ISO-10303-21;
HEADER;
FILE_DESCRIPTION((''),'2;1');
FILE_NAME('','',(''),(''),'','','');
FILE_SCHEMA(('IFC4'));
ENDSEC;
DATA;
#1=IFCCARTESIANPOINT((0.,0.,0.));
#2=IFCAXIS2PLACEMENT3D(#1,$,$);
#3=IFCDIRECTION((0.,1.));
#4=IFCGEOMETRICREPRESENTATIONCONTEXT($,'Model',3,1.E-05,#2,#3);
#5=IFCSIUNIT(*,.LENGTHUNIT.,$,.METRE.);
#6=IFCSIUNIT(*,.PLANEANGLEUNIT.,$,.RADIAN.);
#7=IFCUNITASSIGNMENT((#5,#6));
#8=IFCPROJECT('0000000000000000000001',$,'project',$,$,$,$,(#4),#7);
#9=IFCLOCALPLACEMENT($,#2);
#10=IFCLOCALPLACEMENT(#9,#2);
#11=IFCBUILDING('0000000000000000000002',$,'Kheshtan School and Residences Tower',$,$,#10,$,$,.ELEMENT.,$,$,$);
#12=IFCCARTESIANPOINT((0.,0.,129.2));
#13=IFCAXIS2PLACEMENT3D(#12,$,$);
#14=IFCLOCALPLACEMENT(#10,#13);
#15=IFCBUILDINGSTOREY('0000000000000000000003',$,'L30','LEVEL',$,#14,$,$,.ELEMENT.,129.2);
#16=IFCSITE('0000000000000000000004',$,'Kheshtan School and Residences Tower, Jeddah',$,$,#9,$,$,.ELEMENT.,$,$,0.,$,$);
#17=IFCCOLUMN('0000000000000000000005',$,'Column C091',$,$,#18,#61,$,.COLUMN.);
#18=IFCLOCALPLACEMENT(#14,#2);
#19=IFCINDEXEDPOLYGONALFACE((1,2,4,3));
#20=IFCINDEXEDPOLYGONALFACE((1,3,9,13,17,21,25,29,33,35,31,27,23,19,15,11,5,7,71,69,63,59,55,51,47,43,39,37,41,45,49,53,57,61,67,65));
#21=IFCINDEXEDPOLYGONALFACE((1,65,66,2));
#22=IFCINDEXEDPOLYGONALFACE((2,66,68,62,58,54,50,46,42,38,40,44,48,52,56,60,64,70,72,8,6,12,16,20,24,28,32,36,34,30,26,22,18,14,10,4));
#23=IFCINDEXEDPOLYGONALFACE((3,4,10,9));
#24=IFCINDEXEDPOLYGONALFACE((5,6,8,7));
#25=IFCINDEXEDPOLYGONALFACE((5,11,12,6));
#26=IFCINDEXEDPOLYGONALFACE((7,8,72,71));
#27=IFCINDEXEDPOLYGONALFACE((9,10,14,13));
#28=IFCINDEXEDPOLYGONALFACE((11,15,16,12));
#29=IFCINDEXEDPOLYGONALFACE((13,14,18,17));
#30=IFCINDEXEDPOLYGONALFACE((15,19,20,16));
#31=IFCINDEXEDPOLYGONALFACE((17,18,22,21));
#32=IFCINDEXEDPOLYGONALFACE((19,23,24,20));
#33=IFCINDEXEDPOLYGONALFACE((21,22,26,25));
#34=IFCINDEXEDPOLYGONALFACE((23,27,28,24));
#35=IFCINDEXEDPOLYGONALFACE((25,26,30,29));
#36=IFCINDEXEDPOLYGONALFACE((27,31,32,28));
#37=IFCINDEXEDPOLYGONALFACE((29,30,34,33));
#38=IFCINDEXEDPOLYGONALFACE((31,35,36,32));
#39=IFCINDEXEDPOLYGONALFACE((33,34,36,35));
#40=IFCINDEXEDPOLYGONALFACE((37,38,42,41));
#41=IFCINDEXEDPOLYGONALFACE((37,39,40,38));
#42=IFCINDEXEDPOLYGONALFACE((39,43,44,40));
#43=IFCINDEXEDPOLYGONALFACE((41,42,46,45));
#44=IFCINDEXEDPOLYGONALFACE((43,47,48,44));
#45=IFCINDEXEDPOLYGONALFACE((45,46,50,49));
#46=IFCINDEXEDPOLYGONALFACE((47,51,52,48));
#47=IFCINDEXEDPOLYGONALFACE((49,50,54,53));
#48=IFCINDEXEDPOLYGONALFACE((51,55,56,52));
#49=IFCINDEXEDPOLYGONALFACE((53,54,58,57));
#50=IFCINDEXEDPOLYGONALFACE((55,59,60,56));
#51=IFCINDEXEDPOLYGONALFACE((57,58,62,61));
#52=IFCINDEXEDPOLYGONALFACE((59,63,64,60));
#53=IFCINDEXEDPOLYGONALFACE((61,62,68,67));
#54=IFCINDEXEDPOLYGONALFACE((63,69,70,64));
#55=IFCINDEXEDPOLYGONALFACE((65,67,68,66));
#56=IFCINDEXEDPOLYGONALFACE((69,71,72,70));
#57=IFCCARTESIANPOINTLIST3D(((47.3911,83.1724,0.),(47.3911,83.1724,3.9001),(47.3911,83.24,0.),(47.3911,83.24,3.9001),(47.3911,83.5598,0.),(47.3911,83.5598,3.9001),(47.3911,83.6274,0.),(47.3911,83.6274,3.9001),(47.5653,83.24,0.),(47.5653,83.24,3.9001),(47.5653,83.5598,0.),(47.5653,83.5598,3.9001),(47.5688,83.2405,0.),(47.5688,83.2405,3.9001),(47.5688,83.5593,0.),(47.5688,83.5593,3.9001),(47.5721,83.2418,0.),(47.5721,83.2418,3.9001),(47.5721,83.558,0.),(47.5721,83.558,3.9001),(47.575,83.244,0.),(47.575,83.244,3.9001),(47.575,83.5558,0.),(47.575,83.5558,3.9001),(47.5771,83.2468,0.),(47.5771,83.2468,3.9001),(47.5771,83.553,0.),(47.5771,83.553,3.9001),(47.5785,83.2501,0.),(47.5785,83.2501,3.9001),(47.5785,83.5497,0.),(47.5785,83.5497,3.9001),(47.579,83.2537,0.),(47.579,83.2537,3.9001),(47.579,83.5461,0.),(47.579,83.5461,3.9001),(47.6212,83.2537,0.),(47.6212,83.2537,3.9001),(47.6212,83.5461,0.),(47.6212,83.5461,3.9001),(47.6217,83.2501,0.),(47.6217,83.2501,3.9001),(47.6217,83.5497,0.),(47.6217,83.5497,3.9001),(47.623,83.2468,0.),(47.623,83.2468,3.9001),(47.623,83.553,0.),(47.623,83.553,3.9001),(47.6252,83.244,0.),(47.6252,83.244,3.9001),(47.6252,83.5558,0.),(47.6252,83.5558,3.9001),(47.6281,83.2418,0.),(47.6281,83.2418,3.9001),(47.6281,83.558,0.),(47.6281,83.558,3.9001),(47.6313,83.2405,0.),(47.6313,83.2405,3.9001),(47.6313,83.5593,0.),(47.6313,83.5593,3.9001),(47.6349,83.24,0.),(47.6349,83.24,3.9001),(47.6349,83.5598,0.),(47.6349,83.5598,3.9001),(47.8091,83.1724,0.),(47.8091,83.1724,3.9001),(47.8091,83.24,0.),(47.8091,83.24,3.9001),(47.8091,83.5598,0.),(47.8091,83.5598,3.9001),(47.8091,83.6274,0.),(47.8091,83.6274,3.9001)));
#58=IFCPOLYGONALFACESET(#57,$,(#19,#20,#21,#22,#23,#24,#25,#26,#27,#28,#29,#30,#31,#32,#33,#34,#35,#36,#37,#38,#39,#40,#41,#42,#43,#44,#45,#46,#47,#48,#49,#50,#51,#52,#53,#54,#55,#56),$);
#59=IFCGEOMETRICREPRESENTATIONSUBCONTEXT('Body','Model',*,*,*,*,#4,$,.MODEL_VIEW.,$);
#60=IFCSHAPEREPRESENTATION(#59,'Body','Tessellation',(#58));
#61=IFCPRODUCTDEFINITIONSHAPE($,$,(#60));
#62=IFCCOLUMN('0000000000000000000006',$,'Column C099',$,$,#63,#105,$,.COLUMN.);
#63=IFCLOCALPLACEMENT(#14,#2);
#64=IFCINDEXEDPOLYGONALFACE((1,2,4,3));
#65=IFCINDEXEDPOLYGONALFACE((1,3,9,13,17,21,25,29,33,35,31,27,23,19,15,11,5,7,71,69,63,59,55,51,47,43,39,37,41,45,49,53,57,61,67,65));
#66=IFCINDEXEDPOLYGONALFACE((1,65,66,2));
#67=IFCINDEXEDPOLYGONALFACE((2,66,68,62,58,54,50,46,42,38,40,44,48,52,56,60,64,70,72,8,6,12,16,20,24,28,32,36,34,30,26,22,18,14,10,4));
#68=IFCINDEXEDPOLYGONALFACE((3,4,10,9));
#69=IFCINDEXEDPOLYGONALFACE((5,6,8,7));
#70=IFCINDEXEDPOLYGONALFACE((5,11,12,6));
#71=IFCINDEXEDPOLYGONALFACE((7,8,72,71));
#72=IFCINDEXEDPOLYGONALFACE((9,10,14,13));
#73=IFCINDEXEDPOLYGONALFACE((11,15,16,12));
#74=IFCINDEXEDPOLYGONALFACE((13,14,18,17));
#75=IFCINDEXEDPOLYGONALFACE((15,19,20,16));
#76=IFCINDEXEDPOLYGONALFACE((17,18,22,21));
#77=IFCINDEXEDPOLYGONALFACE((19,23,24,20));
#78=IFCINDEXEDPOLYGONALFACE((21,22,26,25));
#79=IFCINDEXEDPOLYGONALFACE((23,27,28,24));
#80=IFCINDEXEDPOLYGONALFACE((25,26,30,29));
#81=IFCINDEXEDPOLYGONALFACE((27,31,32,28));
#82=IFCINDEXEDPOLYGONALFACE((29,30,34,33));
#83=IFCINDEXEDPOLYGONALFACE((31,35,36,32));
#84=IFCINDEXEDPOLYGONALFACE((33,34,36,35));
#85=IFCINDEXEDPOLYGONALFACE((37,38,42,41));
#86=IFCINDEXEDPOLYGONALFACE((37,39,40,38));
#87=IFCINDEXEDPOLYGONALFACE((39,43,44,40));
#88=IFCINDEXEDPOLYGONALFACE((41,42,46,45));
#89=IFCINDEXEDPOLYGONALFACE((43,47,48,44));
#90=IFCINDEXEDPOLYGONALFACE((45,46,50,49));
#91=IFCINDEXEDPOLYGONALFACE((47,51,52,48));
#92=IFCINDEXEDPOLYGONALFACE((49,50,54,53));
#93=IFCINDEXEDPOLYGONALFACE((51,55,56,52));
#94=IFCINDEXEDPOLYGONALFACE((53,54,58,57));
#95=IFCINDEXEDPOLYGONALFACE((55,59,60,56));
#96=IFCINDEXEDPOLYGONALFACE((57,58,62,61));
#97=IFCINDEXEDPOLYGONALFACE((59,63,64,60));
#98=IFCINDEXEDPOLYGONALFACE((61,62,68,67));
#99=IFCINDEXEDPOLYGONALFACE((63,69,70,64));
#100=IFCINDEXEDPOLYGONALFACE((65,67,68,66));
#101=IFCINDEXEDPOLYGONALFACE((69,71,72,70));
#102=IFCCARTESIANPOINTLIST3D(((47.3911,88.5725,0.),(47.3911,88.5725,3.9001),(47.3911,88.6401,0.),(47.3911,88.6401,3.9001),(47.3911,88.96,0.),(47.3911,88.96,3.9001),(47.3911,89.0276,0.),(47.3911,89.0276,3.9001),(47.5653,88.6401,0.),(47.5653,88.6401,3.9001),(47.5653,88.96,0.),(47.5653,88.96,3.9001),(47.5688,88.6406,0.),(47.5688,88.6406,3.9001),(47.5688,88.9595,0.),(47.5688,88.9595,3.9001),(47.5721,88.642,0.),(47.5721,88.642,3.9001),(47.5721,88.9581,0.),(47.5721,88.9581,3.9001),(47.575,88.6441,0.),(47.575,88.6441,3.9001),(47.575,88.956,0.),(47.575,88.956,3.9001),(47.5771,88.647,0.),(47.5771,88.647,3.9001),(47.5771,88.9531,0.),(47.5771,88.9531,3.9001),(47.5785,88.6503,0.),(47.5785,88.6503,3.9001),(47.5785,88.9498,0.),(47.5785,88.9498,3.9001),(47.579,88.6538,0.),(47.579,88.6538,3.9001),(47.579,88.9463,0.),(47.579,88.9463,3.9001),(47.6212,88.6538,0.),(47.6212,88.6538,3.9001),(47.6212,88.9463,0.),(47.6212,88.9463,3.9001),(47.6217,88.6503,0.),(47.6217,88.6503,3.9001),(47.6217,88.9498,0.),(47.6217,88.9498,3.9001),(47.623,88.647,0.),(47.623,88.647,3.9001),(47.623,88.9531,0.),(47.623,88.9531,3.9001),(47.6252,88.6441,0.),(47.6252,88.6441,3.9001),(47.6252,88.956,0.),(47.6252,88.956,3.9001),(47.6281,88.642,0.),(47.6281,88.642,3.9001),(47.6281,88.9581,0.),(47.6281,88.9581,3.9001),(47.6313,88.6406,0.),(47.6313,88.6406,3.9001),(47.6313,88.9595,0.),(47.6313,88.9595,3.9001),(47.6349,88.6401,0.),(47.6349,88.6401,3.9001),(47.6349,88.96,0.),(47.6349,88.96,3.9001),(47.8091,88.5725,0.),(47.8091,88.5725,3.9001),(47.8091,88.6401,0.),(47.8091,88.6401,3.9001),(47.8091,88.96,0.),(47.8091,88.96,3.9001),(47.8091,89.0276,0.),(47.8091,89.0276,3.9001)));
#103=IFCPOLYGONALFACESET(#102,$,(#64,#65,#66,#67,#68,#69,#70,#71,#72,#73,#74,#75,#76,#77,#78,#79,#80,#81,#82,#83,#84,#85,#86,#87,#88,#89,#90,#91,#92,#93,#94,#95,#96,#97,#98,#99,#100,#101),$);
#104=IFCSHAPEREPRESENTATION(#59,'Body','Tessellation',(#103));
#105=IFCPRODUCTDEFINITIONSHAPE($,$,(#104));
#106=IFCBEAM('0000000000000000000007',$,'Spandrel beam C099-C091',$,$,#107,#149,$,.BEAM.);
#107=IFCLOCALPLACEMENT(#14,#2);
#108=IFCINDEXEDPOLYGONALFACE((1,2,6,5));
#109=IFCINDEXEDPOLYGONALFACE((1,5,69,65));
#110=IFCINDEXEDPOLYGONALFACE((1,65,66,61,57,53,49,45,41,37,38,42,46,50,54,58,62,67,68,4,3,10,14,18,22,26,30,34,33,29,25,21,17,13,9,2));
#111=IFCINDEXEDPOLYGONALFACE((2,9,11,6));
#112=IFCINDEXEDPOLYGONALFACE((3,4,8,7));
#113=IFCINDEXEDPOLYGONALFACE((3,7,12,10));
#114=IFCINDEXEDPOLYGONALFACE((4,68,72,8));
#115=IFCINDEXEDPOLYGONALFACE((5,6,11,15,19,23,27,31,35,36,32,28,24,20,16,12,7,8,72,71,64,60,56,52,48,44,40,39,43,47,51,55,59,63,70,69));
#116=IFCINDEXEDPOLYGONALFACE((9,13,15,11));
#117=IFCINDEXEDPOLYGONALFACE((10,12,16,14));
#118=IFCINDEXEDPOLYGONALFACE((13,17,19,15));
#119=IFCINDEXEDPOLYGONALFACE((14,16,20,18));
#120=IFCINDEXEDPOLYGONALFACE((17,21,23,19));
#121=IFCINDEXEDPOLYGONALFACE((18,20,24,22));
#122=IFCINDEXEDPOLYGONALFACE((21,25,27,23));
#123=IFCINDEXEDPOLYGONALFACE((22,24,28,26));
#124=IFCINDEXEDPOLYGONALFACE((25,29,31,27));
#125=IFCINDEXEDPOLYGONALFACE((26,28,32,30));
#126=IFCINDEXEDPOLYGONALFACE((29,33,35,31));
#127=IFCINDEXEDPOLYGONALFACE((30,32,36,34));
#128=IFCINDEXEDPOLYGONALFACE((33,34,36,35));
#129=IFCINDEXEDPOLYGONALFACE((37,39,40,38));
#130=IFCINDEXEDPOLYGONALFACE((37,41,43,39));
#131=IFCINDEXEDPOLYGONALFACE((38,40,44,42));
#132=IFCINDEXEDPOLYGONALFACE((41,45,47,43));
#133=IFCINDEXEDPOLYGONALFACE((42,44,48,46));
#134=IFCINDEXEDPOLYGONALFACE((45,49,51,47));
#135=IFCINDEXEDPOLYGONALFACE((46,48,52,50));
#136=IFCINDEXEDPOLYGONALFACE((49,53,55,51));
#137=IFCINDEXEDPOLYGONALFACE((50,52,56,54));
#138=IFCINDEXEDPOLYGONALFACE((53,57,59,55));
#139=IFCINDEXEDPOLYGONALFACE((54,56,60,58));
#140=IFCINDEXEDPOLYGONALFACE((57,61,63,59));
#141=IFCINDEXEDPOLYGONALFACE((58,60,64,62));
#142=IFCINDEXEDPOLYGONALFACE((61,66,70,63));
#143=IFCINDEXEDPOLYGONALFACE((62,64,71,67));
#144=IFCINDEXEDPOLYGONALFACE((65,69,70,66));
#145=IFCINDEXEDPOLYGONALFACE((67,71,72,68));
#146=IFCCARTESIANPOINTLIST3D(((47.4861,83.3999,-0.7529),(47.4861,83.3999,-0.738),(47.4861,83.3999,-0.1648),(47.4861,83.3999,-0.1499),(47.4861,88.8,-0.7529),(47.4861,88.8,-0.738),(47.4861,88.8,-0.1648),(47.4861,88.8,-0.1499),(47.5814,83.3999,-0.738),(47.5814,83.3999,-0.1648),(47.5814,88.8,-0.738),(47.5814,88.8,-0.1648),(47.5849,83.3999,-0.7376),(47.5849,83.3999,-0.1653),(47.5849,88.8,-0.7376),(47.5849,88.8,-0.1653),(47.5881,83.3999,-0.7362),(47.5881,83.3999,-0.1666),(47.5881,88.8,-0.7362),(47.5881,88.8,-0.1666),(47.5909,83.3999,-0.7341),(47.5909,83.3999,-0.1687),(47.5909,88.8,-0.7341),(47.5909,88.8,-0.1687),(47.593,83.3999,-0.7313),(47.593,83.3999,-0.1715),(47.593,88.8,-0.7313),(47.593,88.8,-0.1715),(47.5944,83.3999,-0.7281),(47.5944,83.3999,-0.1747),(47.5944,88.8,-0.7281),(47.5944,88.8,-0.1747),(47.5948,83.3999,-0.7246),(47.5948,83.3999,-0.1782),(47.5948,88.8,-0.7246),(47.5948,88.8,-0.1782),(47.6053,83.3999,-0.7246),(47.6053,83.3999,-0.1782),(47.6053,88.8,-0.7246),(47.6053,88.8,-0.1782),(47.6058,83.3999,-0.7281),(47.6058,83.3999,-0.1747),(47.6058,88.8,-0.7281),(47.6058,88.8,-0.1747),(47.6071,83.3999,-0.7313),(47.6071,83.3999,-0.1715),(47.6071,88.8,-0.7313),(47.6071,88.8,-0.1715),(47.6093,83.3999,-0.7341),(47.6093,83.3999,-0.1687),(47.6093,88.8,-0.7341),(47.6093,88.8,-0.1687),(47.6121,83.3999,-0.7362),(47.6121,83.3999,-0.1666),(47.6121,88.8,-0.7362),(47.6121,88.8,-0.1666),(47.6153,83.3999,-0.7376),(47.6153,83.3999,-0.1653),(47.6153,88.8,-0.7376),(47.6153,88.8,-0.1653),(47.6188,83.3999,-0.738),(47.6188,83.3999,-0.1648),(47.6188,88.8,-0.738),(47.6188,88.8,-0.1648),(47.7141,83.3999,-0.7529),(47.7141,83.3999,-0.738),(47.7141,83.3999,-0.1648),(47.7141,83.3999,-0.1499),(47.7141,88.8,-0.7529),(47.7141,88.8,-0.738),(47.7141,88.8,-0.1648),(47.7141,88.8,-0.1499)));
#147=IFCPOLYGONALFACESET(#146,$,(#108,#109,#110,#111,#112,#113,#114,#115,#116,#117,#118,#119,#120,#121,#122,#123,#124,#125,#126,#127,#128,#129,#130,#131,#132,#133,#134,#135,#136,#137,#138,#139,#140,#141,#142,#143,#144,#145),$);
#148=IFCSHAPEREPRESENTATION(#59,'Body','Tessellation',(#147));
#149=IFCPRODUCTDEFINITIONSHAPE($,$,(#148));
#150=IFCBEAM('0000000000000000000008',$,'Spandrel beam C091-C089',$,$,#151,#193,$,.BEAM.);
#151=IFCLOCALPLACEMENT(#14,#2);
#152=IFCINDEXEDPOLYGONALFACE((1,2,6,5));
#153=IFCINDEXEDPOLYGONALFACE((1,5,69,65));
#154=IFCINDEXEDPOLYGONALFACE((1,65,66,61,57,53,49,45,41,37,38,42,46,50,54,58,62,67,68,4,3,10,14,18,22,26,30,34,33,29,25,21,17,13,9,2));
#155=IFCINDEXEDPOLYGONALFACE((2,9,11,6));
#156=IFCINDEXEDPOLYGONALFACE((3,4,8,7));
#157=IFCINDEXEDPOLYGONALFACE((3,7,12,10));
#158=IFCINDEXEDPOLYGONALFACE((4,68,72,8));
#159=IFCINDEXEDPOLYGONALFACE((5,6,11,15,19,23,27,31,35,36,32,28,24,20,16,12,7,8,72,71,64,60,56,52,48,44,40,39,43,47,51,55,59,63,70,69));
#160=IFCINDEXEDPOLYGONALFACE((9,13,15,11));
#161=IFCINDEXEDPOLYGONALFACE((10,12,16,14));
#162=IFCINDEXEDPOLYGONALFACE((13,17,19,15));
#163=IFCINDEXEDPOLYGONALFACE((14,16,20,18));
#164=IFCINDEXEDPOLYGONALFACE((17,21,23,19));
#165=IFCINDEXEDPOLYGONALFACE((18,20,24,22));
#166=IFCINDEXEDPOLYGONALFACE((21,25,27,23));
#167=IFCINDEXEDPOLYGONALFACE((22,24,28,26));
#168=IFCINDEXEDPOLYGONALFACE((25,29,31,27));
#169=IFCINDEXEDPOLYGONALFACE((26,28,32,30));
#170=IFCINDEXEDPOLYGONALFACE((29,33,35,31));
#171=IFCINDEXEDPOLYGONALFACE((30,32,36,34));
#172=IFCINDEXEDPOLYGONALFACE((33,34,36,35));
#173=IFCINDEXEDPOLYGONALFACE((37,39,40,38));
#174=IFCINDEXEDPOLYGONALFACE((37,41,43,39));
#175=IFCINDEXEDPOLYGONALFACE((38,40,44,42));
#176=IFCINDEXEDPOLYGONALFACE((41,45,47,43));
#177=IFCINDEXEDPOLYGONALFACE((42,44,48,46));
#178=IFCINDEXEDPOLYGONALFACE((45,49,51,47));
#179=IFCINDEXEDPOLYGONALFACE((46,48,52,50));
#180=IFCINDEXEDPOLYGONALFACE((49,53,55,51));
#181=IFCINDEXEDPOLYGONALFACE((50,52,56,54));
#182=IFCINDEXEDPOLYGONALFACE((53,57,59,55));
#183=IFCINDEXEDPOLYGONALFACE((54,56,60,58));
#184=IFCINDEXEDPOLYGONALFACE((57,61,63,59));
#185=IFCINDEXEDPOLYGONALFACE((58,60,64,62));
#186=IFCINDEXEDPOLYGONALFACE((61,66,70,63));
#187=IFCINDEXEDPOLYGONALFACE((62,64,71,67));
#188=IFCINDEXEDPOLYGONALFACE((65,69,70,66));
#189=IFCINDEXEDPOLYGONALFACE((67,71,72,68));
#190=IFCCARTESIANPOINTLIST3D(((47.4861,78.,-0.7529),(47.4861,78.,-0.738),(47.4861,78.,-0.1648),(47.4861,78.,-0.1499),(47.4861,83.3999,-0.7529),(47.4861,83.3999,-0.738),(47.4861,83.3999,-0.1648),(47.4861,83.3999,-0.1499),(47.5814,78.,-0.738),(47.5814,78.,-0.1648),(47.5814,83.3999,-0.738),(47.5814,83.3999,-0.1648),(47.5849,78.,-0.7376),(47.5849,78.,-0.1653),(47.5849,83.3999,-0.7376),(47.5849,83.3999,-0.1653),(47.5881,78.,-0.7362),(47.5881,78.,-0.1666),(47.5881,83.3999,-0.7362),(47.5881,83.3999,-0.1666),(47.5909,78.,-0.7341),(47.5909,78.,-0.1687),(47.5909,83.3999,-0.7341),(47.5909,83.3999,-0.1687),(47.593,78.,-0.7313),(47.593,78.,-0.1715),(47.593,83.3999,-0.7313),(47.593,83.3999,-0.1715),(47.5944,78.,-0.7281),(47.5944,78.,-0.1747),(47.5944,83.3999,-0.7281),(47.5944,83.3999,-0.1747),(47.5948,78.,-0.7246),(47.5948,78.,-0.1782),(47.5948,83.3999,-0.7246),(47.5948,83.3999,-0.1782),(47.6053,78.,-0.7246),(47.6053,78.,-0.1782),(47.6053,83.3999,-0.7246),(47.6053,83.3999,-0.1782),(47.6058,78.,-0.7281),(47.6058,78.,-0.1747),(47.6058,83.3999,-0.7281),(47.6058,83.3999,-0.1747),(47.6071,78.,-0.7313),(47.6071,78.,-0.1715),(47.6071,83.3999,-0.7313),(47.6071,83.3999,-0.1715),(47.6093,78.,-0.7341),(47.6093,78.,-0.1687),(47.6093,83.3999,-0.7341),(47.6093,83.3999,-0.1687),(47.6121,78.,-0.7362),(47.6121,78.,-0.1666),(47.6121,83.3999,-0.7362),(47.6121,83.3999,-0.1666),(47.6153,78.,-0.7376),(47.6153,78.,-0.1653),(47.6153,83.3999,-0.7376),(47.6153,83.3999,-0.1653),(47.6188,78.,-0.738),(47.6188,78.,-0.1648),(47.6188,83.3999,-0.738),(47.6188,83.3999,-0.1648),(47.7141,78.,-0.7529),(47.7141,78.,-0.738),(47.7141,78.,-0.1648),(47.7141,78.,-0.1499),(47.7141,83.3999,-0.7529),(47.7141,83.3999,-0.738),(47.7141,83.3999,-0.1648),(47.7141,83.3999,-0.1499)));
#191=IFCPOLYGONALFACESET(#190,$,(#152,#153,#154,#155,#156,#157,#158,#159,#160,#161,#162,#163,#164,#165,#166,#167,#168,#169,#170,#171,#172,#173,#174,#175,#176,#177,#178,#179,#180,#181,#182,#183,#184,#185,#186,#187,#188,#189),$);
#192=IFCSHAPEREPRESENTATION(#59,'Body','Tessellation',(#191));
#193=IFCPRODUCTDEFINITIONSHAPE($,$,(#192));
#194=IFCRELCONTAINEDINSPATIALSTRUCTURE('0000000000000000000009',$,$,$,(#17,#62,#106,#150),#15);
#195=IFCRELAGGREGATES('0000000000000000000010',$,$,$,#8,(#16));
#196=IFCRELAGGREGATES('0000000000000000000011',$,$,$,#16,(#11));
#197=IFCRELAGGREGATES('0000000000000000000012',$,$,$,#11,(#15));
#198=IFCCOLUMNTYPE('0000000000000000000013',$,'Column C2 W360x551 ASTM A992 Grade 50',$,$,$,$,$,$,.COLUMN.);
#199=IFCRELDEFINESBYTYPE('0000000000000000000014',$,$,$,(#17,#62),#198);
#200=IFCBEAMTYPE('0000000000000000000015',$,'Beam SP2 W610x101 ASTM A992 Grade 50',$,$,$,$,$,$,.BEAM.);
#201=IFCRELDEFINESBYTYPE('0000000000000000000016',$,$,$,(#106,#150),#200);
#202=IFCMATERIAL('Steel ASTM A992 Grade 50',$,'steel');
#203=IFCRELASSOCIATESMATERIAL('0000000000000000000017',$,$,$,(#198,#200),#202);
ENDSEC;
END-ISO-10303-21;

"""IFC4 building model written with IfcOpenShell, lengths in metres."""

from ifc_helpers import new_model, si_unit, direction, frame, origin, origin_2d, place, context, subcontext, project, spatial, i_section, extrude, material, material_profile, profile_set, type_object, element, save


model = new_model("IFC4")

# Units and contexts
model_context = context("Model", 3, precision=1e-05, world=origin(), true_north=direction((0.0, 1.0)))
body_context = subcontext(model_context, "Body", "Model", "MODEL_VIEW")
ifc_project = project(units=[si_unit("LENGTHUNIT", "METRE"), si_unit("PLANEANGLEUNIT", "RADIAN")], contexts=[model_context])

# Site, building, storey
site_placement = place(None, origin())
site = spatial("IfcSite", under=ifc_project, at=site_placement, Name="Kheshtan School and Residences Tower, Jeddah", CompositionType="ELEMENT", RefElevation=0.0)
building_placement = place(site_placement, origin())
building = spatial("IfcBuilding", under=site, at=building_placement, Name="Kheshtan School and Residences Tower", CompositionType="ELEMENT")
storey_placement = place(building_placement, frame((0.0, 0.0, 129.2)))
storey = spatial("IfcBuildingStorey", under=building, at=storey_placement, Name="L30", Description="LEVEL", CompositionType="ELEMENT", Elevation=129.2)

# Columns
ifc_material_1 = material(Name="Steel ASTM A992 Grade 50", Category="steel")
ifc_material_profile_1 = material_profile(ifc_material_1, i_section(OverallWidth=0.418, OverallDepth=0.4551, WebThickness=0.0422, FlangeThickness=0.0676, FilletRadius=0.0137, at=origin_2d()), Name="W360x551")
ifc_profile_set_1 = profile_set([ifc_material_profile_1], Name="Steel ASTM A992 Grade 50")
column_type = type_object("IfcColumnType", Name="Column C2 W360x551 ASTM A992 Grade 50", PredefinedType="COLUMN", material=ifc_profile_set_1)
for number, where, z_axis, x_axis, name in (
    (1, (47.6001, 83.3999, 0.0), (0.0, 0.0, 1.0), (1.0, 0.0, 0.0), "Column C091"),
    (2, (47.6001, 88.8, 0.0), (0.0, 0.0, 1.0), (1.0, 0.0, 0.0), "Column C099"),
):
    element("IfcColumn", number, at=place(storey_placement, frame(where, z_axis=z_axis, x_axis=x_axis)), inside=storey, type_object=column_type, Name=name, PredefinedType="COLUMN", context=body_context, shape_type="SweptSolid", body=[
        extrude(i_section(OverallWidth=0.418, OverallDepth=0.4551, WebThickness=0.0422, FlangeThickness=0.0676, FilletRadius=0.0137, at=origin_2d()), origin(), (0.0, 0.0, 1.0), 3.9001),
    ])

# Beams
ifc_material_profile_2 = material_profile(ifc_material_1, i_section(OverallWidth=0.228, OverallDepth=0.603, WebThickness=0.0105, FlangeThickness=0.0149, FilletRadius=0.0134, at=origin_2d()), Name="W610x101")
ifc_profile_set_2 = profile_set([ifc_material_profile_2], Name="Steel ASTM A992 Grade 50")
beam_type = type_object("IfcBeamType", Name="Beam SP2 W610x101 ASTM A992 Grade 50", PredefinedType="BEAM", material=ifc_profile_set_2)
beam_1_placement = place(storey_placement, frame((47.6001, 88.8, -0.4514), z_axis=(0.0, -1.0, 0.0), x_axis=(1.0, 0.0, 0.0)))
element("IfcBeam", 3, at=beam_1_placement, inside=storey, type_object=beam_type, Name="Spandrel beam C099-C091", PredefinedType="BEAM", context=body_context, shape_type="SweptSolid", body=[
    extrude(i_section(OverallWidth=0.228, OverallDepth=0.603, WebThickness=0.0105, FlangeThickness=0.0149, FilletRadius=0.0134, at=origin_2d()), origin(), (0.0, 0.0, 1.0), 5.4001),
])
beam_2_placement = place(storey_placement, frame((47.6001, 83.3999, -0.4514), z_axis=(0.0, -1.0, 0.0), x_axis=(1.0, 0.0, 0.0)))
element("IfcBeam", 4, at=beam_2_placement, inside=storey, type_object=beam_type, Name="Spandrel beam C091-C089", PredefinedType="BEAM", context=body_context, shape_type="SweptSolid", body=[
    extrude(i_section(OverallWidth=0.228, OverallDepth=0.603, WebThickness=0.0105, FlangeThickness=0.0149, FilletRadius=0.0134, at=origin_2d()), origin(), (0.0, 0.0, 1.0), 5.3999),
])

save(model, "model.ifc")
